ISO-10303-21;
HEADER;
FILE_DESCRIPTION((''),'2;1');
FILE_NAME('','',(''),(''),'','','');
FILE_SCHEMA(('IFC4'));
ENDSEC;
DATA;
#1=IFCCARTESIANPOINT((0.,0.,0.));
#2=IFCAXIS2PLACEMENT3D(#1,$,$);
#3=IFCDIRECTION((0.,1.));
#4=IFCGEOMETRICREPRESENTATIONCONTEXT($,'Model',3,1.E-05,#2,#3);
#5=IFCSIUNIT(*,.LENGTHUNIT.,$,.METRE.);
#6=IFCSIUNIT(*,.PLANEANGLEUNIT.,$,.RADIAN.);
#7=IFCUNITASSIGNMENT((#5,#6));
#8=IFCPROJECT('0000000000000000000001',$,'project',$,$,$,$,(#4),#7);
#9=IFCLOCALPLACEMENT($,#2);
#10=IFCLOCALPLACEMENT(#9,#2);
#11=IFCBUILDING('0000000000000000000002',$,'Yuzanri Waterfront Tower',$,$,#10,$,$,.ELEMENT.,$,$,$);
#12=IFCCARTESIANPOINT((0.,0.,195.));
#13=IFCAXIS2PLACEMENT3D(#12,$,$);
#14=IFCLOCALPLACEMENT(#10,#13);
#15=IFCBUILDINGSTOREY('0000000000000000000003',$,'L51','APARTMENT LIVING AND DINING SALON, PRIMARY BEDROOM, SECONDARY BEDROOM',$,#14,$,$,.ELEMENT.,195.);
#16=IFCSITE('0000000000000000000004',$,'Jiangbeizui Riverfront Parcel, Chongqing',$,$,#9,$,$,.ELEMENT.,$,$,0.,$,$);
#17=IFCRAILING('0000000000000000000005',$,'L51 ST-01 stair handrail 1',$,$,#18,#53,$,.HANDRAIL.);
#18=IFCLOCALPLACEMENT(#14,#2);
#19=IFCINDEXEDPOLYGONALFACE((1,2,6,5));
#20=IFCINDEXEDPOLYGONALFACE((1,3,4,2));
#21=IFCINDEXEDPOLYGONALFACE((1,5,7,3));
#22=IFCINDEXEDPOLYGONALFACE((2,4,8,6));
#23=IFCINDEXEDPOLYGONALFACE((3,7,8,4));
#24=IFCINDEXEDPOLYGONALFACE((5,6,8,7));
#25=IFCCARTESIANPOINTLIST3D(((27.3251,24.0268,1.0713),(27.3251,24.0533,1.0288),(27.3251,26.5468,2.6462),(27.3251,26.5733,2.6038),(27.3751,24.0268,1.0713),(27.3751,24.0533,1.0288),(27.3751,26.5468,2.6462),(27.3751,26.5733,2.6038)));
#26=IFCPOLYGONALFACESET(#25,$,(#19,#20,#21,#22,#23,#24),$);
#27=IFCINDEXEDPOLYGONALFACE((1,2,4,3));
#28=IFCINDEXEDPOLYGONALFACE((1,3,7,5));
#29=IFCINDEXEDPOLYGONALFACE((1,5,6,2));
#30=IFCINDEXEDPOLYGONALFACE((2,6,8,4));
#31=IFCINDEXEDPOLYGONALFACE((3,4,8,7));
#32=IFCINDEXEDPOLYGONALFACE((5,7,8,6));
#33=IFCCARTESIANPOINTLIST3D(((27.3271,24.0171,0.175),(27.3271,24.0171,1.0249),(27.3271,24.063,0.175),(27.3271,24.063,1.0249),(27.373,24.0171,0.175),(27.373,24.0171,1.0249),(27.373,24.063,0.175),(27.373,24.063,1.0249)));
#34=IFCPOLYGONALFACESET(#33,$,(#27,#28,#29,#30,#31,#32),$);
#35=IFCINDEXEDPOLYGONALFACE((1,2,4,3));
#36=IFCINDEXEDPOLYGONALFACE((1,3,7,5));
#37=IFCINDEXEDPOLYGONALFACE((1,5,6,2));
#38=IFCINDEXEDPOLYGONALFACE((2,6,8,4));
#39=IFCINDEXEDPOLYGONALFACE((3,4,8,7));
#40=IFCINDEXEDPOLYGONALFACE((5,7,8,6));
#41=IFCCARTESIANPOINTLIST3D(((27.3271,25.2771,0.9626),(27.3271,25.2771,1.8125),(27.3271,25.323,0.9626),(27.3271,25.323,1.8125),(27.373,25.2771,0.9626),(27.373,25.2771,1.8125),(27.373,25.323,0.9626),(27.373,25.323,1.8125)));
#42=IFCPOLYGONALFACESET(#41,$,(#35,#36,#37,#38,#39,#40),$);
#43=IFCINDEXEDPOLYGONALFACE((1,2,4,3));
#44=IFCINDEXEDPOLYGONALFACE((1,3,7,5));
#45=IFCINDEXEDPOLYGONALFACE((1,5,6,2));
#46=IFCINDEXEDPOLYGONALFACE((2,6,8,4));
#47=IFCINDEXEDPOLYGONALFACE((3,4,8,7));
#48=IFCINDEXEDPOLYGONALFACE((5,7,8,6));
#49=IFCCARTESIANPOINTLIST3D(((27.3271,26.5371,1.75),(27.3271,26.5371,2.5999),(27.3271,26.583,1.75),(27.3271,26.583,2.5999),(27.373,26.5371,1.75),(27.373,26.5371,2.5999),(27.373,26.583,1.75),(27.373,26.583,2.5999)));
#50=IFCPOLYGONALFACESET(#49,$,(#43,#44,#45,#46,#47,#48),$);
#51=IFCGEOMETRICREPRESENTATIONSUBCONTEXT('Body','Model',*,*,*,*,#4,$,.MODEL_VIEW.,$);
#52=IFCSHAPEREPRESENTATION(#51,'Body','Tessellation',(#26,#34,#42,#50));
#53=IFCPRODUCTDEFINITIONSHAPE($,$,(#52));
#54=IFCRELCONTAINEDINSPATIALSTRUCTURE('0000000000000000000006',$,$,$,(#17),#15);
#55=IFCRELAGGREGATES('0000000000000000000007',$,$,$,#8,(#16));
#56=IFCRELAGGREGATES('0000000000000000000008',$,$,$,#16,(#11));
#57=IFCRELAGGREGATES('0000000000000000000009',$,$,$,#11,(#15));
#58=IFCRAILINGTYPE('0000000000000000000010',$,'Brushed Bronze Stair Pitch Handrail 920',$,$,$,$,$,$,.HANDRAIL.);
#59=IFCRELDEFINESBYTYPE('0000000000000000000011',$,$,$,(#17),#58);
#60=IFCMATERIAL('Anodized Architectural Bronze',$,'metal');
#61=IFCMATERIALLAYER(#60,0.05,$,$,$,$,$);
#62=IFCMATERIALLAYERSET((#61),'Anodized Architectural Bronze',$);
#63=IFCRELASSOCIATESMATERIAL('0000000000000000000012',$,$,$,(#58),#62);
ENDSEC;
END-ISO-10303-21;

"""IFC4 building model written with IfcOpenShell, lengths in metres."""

from ifc_helpers import new_model, si_unit, direction, frame, origin, origin_2d, place, context, subcontext, project, spatial, rectangle, extrude, source, transform, mapped, material, layer, layer_set, type_object, element, save


model = new_model("IFC4")

# Units and contexts
model_context = context("Model", 3, precision=1e-05, world=origin(), true_north=direction((0.0, 1.0)))
body_context = subcontext(model_context, "Body", "Model", "MODEL_VIEW")
ifc_project = project(units=[si_unit("LENGTHUNIT", "METRE"), si_unit("PLANEANGLEUNIT", "RADIAN")], contexts=[model_context])

# Site, building, storey
site_placement = place(None, origin())
site = spatial("IfcSite", under=ifc_project, at=site_placement, Name="Jiangbeizui Riverfront Parcel, Chongqing", CompositionType="ELEMENT", RefElevation=0.0)
building_placement = place(site_placement, origin())
building = spatial("IfcBuilding", under=site, at=building_placement, Name="Yuzanri Waterfront Tower", CompositionType="ELEMENT")
storey_placement = place(building_placement, frame((0.0, 0.0, 195.0)))
storey = spatial("IfcBuildingStorey", under=building, at=storey_placement, Name="L51", Description="APARTMENT LIVING AND DINING SALON, PRIMARY BEDROOM, SECONDARY BEDROOM", CompositionType="ELEMENT", Elevation=195.0)

# Railing
ifc_material_1 = material(Name="Anodized Architectural Bronze", Category="metal")
ifc_layer_1 = layer(ifc_material_1, 0.05)
ifc_layer_set_1 = layer_set([ifc_layer_1], Name="Anodized Architectural Bronze")
railing_type_1 = type_object("IfcRailingType", Name="Brushed Bronze Stair Pitch Handrail 920", PredefinedType="HANDRAIL", material=ifc_layer_set_1)
shared_shape_1 = source(origin(), body_context, "Body", "SweptSolid", [
    extrude(rectangle(XDim=0.05, YDim=0.05, at=origin_2d()), frame((0.0, 0.0, 0.875), z_axis=(0.0, 0.848008, 0.529984), x_axis=(-1.0, 0.0, 0.0)), (0.0, 0.0, 1.0), 2.9717),
    extrude(rectangle(XDim=0.0459, YDim=0.0459, at=origin_2d()), origin(), (0.0, 0.0, 1.0), 0.8499),
    extrude(rectangle(XDim=0.0459, YDim=0.0459, at=origin_2d()), frame((0.0, 1.26, 0.7876)), (0.0, 0.0, 1.0), 0.8499),
    extrude(rectangle(XDim=0.0459, YDim=0.0459, at=origin_2d()), frame((0.0, 2.52, 1.575)), (0.0, 0.0, 1.0), 0.8499),
])
railing_1_placement = place(storey_placement, frame((27.3501, 24.04, 0.175)))
element("IfcRailing", 1, at=railing_1_placement, inside=storey, type_object=railing_type_1, Name="L51 ST-01 stair handrail 1", PredefinedType="HANDRAIL", context=body_context, shape_type="MappedRepresentation", body=[
    mapped(shared_shape_1, transform((0.0, 0.0, 0.0), scale=1.0)),
])

save(model, "model.ifc")
